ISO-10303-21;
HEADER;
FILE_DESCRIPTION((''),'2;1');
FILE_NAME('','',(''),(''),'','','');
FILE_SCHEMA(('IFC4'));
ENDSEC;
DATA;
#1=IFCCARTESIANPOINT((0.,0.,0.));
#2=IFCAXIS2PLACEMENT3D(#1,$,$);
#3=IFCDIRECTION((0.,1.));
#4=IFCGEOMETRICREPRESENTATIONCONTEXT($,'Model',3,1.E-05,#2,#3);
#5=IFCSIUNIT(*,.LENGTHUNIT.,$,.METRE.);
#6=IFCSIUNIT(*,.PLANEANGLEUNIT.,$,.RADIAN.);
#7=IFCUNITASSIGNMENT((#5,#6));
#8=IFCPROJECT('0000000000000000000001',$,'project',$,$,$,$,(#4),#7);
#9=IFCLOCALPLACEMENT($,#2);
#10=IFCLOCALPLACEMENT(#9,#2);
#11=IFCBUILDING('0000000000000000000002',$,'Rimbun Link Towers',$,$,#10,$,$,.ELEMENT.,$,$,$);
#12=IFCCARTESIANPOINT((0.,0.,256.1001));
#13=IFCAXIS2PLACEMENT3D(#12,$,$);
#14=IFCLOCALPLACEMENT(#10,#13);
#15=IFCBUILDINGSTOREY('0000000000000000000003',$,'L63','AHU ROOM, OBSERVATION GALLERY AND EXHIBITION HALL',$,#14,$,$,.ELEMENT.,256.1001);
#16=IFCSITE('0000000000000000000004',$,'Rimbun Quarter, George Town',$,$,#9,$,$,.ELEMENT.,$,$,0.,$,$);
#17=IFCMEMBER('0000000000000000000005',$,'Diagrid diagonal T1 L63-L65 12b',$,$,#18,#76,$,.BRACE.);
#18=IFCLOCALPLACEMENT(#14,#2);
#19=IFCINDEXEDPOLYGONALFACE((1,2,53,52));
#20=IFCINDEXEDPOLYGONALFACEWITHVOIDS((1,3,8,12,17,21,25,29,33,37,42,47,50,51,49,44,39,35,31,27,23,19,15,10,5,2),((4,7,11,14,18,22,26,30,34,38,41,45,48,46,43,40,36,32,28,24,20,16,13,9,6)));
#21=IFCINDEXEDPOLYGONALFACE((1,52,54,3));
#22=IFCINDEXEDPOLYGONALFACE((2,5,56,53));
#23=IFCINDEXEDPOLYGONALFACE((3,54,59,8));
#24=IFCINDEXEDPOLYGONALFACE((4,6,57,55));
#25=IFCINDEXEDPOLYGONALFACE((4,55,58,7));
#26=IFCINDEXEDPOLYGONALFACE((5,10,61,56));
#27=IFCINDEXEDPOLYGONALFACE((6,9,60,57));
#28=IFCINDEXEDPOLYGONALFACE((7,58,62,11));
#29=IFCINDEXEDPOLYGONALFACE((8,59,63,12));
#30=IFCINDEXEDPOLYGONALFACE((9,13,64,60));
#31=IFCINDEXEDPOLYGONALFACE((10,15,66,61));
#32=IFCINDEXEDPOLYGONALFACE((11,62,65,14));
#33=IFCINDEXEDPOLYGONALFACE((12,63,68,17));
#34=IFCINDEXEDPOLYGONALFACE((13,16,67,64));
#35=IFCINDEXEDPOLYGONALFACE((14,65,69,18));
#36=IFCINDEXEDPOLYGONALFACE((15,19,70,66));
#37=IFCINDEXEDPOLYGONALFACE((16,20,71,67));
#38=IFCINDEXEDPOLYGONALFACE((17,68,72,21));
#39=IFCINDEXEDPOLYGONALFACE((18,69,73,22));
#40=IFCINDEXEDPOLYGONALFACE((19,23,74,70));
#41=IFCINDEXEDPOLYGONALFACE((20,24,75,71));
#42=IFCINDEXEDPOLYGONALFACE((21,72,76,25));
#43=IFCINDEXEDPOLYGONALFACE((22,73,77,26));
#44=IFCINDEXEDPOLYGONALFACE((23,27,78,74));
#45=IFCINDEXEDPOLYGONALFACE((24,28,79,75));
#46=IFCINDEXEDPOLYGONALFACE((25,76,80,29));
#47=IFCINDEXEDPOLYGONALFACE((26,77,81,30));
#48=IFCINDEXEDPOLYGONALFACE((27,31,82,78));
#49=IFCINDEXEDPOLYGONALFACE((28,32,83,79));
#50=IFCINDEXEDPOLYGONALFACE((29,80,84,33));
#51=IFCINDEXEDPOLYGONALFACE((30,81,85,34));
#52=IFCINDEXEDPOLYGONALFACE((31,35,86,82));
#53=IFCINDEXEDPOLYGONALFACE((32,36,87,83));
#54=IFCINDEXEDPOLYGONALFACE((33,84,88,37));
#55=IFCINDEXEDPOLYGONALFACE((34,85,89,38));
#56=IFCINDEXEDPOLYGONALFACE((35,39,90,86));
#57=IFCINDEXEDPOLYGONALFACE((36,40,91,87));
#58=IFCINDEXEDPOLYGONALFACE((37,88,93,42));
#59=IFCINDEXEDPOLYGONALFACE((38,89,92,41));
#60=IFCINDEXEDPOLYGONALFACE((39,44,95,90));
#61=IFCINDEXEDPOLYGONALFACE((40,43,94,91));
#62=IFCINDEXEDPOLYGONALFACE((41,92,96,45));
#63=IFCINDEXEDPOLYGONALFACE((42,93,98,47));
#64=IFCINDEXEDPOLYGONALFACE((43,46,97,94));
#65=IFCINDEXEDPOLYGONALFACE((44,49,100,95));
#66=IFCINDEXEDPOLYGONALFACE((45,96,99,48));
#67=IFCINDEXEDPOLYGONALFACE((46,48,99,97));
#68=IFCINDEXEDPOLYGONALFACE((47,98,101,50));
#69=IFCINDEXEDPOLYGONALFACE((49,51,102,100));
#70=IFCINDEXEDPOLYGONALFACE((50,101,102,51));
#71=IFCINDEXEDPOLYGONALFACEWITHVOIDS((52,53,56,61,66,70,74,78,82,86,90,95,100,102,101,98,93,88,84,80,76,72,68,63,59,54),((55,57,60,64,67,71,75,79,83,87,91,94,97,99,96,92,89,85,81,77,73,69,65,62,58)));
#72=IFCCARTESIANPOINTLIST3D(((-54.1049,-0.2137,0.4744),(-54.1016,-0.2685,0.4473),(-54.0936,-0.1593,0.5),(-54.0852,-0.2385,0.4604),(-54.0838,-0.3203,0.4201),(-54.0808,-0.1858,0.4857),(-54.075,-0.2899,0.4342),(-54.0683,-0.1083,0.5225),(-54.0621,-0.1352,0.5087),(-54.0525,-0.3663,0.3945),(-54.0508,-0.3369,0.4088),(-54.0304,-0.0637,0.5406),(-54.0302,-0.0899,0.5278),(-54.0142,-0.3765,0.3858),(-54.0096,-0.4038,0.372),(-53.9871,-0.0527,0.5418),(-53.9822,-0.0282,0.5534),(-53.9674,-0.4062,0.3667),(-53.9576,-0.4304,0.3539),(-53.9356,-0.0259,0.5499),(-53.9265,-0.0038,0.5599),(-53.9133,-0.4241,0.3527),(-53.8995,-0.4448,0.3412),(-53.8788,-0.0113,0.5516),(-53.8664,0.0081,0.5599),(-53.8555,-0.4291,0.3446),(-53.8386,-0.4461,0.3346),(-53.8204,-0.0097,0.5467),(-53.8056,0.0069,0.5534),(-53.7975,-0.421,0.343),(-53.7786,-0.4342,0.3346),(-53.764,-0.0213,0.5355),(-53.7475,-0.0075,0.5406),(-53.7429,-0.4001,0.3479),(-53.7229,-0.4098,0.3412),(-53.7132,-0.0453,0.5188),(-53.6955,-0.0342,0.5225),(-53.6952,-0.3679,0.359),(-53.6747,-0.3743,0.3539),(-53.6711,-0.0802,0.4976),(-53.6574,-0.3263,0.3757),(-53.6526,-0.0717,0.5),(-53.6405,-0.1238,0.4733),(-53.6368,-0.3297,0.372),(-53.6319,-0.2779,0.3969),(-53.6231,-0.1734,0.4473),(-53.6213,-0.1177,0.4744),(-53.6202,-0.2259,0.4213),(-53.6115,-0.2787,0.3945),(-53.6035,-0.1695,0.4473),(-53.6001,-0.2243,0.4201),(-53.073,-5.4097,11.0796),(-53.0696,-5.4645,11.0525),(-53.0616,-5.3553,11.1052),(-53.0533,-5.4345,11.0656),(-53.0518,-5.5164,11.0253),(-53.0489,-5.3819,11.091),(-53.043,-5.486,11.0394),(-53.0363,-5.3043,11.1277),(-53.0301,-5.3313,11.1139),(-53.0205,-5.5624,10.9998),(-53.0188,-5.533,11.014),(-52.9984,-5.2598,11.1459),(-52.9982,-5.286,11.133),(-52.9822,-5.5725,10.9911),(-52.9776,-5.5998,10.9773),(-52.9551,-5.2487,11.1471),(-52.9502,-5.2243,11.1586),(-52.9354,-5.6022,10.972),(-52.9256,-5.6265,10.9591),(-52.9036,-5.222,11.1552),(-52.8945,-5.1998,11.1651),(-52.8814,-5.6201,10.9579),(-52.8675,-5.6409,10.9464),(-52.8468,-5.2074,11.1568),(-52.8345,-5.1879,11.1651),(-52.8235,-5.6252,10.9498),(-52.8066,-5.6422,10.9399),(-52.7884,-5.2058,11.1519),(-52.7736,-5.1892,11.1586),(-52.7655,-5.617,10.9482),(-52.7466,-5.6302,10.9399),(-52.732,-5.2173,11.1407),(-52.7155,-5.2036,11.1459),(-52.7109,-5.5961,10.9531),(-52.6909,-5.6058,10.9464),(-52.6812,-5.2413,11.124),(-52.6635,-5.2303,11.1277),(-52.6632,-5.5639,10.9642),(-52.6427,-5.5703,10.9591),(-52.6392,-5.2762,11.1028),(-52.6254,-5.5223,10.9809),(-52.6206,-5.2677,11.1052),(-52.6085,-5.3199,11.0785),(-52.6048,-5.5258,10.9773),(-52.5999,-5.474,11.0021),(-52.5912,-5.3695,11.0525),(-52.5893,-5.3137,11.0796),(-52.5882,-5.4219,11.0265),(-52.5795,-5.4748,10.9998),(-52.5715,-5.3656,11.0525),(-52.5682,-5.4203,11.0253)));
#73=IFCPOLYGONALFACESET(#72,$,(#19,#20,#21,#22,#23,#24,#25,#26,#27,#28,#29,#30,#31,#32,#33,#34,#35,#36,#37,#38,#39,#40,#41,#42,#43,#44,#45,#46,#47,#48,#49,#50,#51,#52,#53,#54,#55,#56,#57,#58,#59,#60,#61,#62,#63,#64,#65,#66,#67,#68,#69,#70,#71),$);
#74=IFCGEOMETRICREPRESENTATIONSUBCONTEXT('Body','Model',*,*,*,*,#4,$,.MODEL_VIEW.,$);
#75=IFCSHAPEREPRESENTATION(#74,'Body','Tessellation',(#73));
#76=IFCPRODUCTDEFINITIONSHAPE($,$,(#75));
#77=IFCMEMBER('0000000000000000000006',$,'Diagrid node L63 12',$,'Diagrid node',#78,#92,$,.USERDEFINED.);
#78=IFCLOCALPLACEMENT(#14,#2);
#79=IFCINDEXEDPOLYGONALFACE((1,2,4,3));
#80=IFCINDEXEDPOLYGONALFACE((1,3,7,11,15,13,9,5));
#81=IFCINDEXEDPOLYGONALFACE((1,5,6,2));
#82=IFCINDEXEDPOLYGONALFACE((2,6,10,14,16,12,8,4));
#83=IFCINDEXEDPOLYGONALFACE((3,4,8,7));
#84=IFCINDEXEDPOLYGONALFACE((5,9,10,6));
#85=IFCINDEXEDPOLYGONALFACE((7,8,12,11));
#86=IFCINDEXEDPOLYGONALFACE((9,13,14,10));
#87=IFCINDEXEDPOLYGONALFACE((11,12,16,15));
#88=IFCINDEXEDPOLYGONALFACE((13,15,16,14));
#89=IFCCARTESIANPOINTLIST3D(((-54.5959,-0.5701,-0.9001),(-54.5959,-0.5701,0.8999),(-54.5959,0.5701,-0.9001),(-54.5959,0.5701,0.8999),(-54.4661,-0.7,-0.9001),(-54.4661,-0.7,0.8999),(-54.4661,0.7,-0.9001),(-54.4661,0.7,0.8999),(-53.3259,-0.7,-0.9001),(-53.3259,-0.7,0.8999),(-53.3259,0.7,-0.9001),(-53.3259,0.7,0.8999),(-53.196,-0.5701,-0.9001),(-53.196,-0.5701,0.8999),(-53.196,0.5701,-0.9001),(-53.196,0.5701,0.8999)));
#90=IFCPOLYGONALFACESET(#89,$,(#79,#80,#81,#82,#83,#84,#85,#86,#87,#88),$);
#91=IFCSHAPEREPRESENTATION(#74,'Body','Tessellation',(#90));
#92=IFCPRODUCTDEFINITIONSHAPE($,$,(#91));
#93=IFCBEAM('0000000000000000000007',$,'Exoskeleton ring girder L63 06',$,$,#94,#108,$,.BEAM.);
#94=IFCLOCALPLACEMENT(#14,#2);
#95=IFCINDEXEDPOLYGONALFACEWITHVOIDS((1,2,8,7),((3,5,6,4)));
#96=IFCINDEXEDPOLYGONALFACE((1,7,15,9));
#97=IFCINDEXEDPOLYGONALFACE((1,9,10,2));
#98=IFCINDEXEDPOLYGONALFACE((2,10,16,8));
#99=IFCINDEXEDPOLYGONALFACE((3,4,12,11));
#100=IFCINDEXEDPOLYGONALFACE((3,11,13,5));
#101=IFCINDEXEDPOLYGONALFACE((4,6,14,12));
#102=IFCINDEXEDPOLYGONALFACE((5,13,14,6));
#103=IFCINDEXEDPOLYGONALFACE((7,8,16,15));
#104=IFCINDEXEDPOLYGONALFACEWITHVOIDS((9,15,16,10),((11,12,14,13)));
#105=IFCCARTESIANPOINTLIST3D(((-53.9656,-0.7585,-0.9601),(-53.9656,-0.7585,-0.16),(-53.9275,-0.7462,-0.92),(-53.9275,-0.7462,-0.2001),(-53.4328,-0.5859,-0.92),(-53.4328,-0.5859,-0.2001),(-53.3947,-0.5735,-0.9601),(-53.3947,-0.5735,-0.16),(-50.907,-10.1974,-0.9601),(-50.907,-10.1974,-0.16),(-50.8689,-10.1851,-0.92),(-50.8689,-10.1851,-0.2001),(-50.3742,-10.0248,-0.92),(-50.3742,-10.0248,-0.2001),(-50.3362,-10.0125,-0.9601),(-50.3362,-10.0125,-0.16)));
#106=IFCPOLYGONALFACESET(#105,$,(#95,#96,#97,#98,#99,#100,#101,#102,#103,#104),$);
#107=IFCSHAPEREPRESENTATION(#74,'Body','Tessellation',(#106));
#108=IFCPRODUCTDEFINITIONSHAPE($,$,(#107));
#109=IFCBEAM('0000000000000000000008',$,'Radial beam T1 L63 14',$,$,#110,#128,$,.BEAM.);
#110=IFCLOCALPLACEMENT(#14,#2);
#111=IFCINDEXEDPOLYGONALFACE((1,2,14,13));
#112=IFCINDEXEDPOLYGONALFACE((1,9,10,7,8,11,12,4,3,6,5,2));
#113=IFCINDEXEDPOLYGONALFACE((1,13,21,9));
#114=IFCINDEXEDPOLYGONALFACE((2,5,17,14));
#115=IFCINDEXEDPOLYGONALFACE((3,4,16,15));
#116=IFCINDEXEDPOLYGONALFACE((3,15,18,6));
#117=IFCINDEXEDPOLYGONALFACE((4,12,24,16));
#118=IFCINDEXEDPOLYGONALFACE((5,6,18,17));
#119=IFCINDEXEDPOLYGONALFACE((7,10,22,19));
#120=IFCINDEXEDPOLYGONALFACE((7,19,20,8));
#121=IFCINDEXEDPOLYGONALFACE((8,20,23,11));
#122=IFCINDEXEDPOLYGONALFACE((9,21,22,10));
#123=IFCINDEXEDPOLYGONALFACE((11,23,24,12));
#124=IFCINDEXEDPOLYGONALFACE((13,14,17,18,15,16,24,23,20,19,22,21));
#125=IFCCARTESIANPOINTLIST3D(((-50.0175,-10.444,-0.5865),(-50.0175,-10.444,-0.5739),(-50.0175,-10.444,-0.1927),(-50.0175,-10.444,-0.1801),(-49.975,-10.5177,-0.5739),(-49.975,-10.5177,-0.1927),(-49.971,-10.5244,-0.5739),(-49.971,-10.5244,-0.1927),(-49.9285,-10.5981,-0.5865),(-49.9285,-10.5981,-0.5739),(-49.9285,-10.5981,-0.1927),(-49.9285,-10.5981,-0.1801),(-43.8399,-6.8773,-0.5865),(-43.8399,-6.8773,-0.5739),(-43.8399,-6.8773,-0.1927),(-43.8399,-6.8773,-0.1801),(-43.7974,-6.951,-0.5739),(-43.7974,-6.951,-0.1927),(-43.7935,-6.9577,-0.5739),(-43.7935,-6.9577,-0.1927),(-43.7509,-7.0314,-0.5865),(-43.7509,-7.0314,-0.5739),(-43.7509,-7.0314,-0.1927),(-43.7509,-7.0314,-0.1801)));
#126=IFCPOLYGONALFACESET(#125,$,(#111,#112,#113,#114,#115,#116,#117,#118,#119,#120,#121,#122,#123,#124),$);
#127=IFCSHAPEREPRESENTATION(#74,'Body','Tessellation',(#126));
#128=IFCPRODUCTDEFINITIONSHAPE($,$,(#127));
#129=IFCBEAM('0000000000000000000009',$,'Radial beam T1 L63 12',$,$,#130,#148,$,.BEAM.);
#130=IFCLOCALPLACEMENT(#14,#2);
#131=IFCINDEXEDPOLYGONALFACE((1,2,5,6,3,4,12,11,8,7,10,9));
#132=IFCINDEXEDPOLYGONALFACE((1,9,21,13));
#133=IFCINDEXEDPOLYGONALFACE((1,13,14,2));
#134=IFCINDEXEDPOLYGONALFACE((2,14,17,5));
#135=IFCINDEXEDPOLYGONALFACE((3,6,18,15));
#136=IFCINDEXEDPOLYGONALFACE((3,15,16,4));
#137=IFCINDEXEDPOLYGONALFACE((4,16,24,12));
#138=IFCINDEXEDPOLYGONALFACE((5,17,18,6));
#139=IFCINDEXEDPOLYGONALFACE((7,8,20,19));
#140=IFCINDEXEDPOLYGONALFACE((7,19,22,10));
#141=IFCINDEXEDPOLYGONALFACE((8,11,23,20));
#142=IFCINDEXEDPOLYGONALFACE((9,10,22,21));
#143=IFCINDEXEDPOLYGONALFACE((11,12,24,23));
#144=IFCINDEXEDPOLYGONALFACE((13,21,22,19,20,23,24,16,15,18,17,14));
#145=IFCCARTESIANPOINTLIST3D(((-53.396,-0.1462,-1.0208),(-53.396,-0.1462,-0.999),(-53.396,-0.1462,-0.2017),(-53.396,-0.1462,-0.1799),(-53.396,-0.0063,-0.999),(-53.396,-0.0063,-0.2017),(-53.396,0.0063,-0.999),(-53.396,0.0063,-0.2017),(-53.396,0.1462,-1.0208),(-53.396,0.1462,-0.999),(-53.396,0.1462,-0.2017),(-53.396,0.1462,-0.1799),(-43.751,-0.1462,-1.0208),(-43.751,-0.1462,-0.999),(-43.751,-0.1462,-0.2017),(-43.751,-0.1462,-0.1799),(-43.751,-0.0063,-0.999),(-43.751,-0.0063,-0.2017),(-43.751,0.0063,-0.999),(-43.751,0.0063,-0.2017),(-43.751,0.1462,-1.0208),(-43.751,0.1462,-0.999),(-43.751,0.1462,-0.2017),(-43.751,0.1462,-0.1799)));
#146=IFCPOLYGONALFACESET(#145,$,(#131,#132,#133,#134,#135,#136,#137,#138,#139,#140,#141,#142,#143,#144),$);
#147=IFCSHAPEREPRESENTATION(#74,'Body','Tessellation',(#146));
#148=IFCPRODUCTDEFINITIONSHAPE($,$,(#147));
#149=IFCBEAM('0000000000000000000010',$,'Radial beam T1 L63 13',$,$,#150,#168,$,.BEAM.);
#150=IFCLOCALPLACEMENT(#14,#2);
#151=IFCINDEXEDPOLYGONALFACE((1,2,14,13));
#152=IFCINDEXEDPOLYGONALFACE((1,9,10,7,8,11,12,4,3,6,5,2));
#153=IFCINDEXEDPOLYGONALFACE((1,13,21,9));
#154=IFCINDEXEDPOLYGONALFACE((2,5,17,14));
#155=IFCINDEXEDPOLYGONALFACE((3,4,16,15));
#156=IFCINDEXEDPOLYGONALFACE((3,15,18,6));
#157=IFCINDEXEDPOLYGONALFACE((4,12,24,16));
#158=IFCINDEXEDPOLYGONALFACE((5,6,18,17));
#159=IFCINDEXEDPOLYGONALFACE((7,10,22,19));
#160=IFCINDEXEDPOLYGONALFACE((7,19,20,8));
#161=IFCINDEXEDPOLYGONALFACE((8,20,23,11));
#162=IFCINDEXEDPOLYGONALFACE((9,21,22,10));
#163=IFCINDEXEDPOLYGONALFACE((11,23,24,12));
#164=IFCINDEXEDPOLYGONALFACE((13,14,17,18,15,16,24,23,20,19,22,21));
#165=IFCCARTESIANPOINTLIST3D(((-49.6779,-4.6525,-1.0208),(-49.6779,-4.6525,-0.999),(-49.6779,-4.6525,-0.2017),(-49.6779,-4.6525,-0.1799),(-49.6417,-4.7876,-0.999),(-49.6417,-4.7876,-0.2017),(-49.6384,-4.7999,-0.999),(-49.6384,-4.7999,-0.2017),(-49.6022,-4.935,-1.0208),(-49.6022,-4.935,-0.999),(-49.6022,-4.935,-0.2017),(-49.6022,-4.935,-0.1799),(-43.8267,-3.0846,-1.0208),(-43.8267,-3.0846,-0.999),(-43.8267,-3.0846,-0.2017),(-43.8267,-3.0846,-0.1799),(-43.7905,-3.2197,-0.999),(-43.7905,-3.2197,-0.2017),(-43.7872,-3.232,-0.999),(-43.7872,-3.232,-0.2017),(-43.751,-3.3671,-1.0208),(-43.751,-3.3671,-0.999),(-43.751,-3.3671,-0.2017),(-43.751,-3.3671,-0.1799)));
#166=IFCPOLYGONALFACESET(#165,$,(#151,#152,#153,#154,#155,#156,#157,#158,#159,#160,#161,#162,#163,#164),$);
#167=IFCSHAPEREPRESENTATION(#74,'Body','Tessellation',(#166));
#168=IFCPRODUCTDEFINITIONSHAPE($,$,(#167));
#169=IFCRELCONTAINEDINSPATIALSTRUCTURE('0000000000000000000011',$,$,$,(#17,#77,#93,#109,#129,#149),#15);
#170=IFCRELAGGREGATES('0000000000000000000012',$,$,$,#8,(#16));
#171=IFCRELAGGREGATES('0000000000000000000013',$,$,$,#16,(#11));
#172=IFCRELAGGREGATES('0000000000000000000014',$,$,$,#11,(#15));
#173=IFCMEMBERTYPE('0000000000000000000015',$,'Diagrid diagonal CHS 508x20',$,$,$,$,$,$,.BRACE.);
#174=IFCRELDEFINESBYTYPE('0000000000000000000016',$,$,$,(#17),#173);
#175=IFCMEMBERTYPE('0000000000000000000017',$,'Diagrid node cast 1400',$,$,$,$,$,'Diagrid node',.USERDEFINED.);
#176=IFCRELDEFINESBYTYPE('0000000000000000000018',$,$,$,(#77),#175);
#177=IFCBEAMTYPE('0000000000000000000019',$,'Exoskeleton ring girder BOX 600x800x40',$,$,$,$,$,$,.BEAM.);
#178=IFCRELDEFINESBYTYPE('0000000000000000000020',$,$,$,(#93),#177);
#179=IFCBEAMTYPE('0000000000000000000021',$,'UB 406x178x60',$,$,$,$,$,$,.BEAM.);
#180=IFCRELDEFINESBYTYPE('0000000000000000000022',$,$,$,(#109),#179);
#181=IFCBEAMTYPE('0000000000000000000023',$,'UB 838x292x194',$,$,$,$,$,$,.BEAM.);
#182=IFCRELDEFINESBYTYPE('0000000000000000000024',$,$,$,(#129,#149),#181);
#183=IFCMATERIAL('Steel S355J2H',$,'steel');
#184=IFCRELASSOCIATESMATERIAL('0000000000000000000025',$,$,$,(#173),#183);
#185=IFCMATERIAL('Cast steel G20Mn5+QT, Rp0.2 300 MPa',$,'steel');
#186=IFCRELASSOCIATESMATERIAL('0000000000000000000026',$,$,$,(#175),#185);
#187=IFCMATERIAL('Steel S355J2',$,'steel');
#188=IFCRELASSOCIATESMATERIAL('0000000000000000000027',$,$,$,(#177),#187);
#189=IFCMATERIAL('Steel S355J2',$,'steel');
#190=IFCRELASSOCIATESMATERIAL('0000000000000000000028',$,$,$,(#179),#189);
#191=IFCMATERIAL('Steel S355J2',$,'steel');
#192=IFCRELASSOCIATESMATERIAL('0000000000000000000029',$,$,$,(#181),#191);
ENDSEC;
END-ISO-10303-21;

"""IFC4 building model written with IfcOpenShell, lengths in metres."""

from ifc_helpers import new_model, si_unit, direction, frame, origin, origin_2d, place, context, subcontext, project, spatial, polyline, hollow_rectangle, hollow_circle, i_section, outline, extrude, material, material_profile, profile_set, type_object, element, save


model = new_model("IFC4")

# Units and contexts
model_context = context("Model", 3, precision=1e-05, world=origin(), true_north=direction((0.0, 1.0)))
body_context = subcontext(model_context, "Body", "Model", "MODEL_VIEW")
ifc_project = project(units=[si_unit("LENGTHUNIT", "METRE"), si_unit("PLANEANGLEUNIT", "RADIAN")], contexts=[model_context])

# Site, building, storey
site_placement = place(None, origin())
site = spatial("IfcSite", under=ifc_project, at=site_placement, Name="Rimbun Quarter, George Town", CompositionType="ELEMENT", RefElevation=0.0)
building_placement = place(site_placement, origin())
building = spatial("IfcBuilding", under=site, at=building_placement, Name="Rimbun Link Towers", CompositionType="ELEMENT")
storey_placement = place(building_placement, frame((0.0, 0.0, 256.1001)))
storey = spatial("IfcBuildingStorey", under=building, at=storey_placement, Name="L63", Description="AHU ROOM, OBSERVATION GALLERY AND EXHIBITION HALL", CompositionType="ELEMENT", Elevation=256.1001)

# Members
ifc_material_1 = material(Name="Steel S355J2H", Category="steel")
ifc_material_profile_1 = material_profile(ifc_material_1, hollow_circle(Radius=0.2539, WallThickness=0.02, at=origin_2d()), Name="Diagrid diagonal CHS 508x20")
ifc_profile_set_1 = profile_set([ifc_material_profile_1], Name="Steel S355J2H")
member_type_1 = type_object("IfcMemberType", Name="Diagrid diagonal CHS 508x20", PredefinedType="BRACE", material=ifc_profile_set_1)
for number, where, z_axis, x_axis, name in (
    (1, (-53.8525, -0.219, 0.4473), (0.087052, -0.43831, 0.894598), (0.980842, 0.194804, 0.0), "Diagrid diagonal T1 L63-L65 12b"),
):
    element("IfcMember", number, at=place(storey_placement, frame(where, z_axis=z_axis, x_axis=x_axis)), inside=storey, type_object=member_type_1, Name=name, PredefinedType="BRACE", context=body_context, shape_type="SweptSolid", body=[
        extrude(hollow_circle(Radius=0.2539, WallThickness=0.02, at=origin_2d()), origin(), (0.0, 0.0, 1.0), 11.8547),
    ])
ifc_material_2 = material(Name="Cast steel G20Mn5+QT, Rp0.2 300 MPa", Category="steel")
ifc_material_profile_2 = material_profile(ifc_material_2, outline(polyline([(0.7, -0.5701), (0.7, 0.5701), (0.5701, 0.7), (-0.5701, 0.7), (-0.7, 0.5701), (-0.7, -0.5701), (-0.5701, -0.7), (0.5701, -0.7), (0.7, -0.5701)])), Name="NODE 1400x1400")
ifc_profile_set_2 = profile_set([ifc_material_profile_2], Name="Cast steel G20Mn5+QT, Rp0.2 300 MPa")
member_type_2 = type_object("IfcMemberType", Name="Diagrid node cast 1400", ElementType="Diagrid node", PredefinedType="USERDEFINED", material=ifc_profile_set_2)
member_1_placement = place(storey_placement, frame((-53.896, 0.0, -0.9001), z_axis=(0.0, 0.0, 1.0), x_axis=(-1.0, 0.0, 0.0)))
element("IfcMember", 2, at=member_1_placement, inside=storey, type_object=member_type_2, Name="Diagrid node L63 12", ObjectType="Diagrid node", PredefinedType="USERDEFINED", context=body_context, shape_type="SweptSolid", body=[
    extrude(outline(polyline([(0.7, -0.5701), (0.7, 0.5701), (0.5701, 0.7), (-0.5701, 0.7), (-0.7, 0.5701), (-0.7, -0.5701), (-0.5701, -0.7), (0.5701, -0.7), (0.7, -0.5701)])), origin(), (0.0, 0.0, 1.0), 1.8),
])

# Beams
ifc_material_3 = material(Name="Steel S355J2", Category="steel")
ifc_material_profile_3 = material_profile(ifc_material_3, hollow_rectangle(XDim=0.6001, YDim=0.8, WallThickness=0.04, at=origin_2d()), Name="Exoskeleton ring girder BOX 600x800x40")
ifc_profile_set_3 = profile_set([ifc_material_profile_3], Name="Steel S355J2")
beam_type_1 = type_object("IfcBeamType", Name="Exoskeleton ring girder BOX 600x800x40", PredefinedType="BEAM", material=ifc_profile_set_3)
beam_1_placement = place(storey_placement, frame((-53.6802, -0.666, -0.5601), z_axis=(0.308259, -0.951302, 0.0), x_axis=(0.951302, 0.308259, 0.0)))
element("IfcBeam", 3, at=beam_1_placement, inside=storey, type_object=beam_type_1, Name="Exoskeleton ring girder L63 06", PredefinedType="BEAM", context=body_context, shape_type="SweptSolid", body=[
    extrude(hollow_rectangle(XDim=0.6001, YDim=0.8, WallThickness=0.04, at=origin_2d()), origin(), (0.0, 0.0, 1.0), 9.9221),
])
ifc_material_4 = material(Name="Steel S355J2", Category="steel")
ifc_material_profile_4 = material_profile(ifc_material_4, i_section(OverallWidth=0.178, OverallDepth=0.4065, WebThickness=0.0078, FlangeThickness=0.0127, at=origin_2d()), Name="UB 406x178x60")
ifc_profile_set_4 = profile_set([ifc_material_profile_4], Name="Steel S355J2")
beam_type_2 = type_object("IfcBeamType", Name="UB 406x178x60", PredefinedType="BEAM", material=ifc_profile_set_4)
beam_2_placement = place(storey_placement, frame((-43.7954, -6.9543, -0.3833), z_axis=(-0.866021, -0.500008, 0.0), x_axis=(0.500008, -0.866021, 0.0)))
element("IfcBeam", 4, at=beam_2_placement, inside=storey, type_object=beam_type_2, Name="Radial beam T1 L63 14", PredefinedType="BEAM", context=body_context, shape_type="SweptSolid", body=[
    extrude(i_section(OverallWidth=0.178, OverallDepth=0.4065, WebThickness=0.0078, FlangeThickness=0.0127, at=origin_2d()), origin(), (0.0, 0.0, 1.0), 7.1333),
])
ifc_material_5 = material(Name="Steel S355J2", Category="steel")
ifc_material_profile_5 = material_profile(ifc_material_5, i_section(OverallWidth=0.2925, OverallDepth=0.8408, WebThickness=0.0127, FlangeThickness=0.0217, at=origin_2d()), Name="UB 838x292x194")
ifc_profile_set_5 = profile_set([ifc_material_profile_5], Name="Steel S355J2")
beam_type_3 = type_object("IfcBeamType", Name="UB 838x292x194", PredefinedType="BEAM", material=ifc_profile_set_5)
beam_3_placement = place(storey_placement, frame((-43.751, 0.0, -0.6003), z_axis=(-1.0, 0.0, 0.0), x_axis=(0.0, -1.0, 0.0)))
element("IfcBeam", 5, at=beam_3_placement, inside=storey, type_object=beam_type_3, Name="Radial beam T1 L63 12", PredefinedType="BEAM", context=body_context, shape_type="SweptSolid", body=[
    extrude(i_section(OverallWidth=0.2925, OverallDepth=0.8408, WebThickness=0.0127, FlangeThickness=0.0217, at=origin_2d()), origin(), (0.0, 0.0, 1.0), 9.645),
])
beam_4_placement = place(storey_placement, frame((-43.7888, -3.2258, -0.6003), z_axis=(-0.965923, -0.258831, 0.0), x_axis=(0.258831, -0.965923, 0.0)))
element("IfcBeam", 6, at=beam_4_placement, inside=storey, type_object=beam_type_3, Name="Radial beam T1 L63 13", PredefinedType="BEAM", context=body_context, shape_type="SweptSolid", body=[
    extrude(i_section(OverallWidth=0.2925, OverallDepth=0.8408, WebThickness=0.0127, FlangeThickness=0.0217, at=origin_2d()), origin(), (0.0, 0.0, 1.0), 6.0576),
])

save(model, "model.ifc")
